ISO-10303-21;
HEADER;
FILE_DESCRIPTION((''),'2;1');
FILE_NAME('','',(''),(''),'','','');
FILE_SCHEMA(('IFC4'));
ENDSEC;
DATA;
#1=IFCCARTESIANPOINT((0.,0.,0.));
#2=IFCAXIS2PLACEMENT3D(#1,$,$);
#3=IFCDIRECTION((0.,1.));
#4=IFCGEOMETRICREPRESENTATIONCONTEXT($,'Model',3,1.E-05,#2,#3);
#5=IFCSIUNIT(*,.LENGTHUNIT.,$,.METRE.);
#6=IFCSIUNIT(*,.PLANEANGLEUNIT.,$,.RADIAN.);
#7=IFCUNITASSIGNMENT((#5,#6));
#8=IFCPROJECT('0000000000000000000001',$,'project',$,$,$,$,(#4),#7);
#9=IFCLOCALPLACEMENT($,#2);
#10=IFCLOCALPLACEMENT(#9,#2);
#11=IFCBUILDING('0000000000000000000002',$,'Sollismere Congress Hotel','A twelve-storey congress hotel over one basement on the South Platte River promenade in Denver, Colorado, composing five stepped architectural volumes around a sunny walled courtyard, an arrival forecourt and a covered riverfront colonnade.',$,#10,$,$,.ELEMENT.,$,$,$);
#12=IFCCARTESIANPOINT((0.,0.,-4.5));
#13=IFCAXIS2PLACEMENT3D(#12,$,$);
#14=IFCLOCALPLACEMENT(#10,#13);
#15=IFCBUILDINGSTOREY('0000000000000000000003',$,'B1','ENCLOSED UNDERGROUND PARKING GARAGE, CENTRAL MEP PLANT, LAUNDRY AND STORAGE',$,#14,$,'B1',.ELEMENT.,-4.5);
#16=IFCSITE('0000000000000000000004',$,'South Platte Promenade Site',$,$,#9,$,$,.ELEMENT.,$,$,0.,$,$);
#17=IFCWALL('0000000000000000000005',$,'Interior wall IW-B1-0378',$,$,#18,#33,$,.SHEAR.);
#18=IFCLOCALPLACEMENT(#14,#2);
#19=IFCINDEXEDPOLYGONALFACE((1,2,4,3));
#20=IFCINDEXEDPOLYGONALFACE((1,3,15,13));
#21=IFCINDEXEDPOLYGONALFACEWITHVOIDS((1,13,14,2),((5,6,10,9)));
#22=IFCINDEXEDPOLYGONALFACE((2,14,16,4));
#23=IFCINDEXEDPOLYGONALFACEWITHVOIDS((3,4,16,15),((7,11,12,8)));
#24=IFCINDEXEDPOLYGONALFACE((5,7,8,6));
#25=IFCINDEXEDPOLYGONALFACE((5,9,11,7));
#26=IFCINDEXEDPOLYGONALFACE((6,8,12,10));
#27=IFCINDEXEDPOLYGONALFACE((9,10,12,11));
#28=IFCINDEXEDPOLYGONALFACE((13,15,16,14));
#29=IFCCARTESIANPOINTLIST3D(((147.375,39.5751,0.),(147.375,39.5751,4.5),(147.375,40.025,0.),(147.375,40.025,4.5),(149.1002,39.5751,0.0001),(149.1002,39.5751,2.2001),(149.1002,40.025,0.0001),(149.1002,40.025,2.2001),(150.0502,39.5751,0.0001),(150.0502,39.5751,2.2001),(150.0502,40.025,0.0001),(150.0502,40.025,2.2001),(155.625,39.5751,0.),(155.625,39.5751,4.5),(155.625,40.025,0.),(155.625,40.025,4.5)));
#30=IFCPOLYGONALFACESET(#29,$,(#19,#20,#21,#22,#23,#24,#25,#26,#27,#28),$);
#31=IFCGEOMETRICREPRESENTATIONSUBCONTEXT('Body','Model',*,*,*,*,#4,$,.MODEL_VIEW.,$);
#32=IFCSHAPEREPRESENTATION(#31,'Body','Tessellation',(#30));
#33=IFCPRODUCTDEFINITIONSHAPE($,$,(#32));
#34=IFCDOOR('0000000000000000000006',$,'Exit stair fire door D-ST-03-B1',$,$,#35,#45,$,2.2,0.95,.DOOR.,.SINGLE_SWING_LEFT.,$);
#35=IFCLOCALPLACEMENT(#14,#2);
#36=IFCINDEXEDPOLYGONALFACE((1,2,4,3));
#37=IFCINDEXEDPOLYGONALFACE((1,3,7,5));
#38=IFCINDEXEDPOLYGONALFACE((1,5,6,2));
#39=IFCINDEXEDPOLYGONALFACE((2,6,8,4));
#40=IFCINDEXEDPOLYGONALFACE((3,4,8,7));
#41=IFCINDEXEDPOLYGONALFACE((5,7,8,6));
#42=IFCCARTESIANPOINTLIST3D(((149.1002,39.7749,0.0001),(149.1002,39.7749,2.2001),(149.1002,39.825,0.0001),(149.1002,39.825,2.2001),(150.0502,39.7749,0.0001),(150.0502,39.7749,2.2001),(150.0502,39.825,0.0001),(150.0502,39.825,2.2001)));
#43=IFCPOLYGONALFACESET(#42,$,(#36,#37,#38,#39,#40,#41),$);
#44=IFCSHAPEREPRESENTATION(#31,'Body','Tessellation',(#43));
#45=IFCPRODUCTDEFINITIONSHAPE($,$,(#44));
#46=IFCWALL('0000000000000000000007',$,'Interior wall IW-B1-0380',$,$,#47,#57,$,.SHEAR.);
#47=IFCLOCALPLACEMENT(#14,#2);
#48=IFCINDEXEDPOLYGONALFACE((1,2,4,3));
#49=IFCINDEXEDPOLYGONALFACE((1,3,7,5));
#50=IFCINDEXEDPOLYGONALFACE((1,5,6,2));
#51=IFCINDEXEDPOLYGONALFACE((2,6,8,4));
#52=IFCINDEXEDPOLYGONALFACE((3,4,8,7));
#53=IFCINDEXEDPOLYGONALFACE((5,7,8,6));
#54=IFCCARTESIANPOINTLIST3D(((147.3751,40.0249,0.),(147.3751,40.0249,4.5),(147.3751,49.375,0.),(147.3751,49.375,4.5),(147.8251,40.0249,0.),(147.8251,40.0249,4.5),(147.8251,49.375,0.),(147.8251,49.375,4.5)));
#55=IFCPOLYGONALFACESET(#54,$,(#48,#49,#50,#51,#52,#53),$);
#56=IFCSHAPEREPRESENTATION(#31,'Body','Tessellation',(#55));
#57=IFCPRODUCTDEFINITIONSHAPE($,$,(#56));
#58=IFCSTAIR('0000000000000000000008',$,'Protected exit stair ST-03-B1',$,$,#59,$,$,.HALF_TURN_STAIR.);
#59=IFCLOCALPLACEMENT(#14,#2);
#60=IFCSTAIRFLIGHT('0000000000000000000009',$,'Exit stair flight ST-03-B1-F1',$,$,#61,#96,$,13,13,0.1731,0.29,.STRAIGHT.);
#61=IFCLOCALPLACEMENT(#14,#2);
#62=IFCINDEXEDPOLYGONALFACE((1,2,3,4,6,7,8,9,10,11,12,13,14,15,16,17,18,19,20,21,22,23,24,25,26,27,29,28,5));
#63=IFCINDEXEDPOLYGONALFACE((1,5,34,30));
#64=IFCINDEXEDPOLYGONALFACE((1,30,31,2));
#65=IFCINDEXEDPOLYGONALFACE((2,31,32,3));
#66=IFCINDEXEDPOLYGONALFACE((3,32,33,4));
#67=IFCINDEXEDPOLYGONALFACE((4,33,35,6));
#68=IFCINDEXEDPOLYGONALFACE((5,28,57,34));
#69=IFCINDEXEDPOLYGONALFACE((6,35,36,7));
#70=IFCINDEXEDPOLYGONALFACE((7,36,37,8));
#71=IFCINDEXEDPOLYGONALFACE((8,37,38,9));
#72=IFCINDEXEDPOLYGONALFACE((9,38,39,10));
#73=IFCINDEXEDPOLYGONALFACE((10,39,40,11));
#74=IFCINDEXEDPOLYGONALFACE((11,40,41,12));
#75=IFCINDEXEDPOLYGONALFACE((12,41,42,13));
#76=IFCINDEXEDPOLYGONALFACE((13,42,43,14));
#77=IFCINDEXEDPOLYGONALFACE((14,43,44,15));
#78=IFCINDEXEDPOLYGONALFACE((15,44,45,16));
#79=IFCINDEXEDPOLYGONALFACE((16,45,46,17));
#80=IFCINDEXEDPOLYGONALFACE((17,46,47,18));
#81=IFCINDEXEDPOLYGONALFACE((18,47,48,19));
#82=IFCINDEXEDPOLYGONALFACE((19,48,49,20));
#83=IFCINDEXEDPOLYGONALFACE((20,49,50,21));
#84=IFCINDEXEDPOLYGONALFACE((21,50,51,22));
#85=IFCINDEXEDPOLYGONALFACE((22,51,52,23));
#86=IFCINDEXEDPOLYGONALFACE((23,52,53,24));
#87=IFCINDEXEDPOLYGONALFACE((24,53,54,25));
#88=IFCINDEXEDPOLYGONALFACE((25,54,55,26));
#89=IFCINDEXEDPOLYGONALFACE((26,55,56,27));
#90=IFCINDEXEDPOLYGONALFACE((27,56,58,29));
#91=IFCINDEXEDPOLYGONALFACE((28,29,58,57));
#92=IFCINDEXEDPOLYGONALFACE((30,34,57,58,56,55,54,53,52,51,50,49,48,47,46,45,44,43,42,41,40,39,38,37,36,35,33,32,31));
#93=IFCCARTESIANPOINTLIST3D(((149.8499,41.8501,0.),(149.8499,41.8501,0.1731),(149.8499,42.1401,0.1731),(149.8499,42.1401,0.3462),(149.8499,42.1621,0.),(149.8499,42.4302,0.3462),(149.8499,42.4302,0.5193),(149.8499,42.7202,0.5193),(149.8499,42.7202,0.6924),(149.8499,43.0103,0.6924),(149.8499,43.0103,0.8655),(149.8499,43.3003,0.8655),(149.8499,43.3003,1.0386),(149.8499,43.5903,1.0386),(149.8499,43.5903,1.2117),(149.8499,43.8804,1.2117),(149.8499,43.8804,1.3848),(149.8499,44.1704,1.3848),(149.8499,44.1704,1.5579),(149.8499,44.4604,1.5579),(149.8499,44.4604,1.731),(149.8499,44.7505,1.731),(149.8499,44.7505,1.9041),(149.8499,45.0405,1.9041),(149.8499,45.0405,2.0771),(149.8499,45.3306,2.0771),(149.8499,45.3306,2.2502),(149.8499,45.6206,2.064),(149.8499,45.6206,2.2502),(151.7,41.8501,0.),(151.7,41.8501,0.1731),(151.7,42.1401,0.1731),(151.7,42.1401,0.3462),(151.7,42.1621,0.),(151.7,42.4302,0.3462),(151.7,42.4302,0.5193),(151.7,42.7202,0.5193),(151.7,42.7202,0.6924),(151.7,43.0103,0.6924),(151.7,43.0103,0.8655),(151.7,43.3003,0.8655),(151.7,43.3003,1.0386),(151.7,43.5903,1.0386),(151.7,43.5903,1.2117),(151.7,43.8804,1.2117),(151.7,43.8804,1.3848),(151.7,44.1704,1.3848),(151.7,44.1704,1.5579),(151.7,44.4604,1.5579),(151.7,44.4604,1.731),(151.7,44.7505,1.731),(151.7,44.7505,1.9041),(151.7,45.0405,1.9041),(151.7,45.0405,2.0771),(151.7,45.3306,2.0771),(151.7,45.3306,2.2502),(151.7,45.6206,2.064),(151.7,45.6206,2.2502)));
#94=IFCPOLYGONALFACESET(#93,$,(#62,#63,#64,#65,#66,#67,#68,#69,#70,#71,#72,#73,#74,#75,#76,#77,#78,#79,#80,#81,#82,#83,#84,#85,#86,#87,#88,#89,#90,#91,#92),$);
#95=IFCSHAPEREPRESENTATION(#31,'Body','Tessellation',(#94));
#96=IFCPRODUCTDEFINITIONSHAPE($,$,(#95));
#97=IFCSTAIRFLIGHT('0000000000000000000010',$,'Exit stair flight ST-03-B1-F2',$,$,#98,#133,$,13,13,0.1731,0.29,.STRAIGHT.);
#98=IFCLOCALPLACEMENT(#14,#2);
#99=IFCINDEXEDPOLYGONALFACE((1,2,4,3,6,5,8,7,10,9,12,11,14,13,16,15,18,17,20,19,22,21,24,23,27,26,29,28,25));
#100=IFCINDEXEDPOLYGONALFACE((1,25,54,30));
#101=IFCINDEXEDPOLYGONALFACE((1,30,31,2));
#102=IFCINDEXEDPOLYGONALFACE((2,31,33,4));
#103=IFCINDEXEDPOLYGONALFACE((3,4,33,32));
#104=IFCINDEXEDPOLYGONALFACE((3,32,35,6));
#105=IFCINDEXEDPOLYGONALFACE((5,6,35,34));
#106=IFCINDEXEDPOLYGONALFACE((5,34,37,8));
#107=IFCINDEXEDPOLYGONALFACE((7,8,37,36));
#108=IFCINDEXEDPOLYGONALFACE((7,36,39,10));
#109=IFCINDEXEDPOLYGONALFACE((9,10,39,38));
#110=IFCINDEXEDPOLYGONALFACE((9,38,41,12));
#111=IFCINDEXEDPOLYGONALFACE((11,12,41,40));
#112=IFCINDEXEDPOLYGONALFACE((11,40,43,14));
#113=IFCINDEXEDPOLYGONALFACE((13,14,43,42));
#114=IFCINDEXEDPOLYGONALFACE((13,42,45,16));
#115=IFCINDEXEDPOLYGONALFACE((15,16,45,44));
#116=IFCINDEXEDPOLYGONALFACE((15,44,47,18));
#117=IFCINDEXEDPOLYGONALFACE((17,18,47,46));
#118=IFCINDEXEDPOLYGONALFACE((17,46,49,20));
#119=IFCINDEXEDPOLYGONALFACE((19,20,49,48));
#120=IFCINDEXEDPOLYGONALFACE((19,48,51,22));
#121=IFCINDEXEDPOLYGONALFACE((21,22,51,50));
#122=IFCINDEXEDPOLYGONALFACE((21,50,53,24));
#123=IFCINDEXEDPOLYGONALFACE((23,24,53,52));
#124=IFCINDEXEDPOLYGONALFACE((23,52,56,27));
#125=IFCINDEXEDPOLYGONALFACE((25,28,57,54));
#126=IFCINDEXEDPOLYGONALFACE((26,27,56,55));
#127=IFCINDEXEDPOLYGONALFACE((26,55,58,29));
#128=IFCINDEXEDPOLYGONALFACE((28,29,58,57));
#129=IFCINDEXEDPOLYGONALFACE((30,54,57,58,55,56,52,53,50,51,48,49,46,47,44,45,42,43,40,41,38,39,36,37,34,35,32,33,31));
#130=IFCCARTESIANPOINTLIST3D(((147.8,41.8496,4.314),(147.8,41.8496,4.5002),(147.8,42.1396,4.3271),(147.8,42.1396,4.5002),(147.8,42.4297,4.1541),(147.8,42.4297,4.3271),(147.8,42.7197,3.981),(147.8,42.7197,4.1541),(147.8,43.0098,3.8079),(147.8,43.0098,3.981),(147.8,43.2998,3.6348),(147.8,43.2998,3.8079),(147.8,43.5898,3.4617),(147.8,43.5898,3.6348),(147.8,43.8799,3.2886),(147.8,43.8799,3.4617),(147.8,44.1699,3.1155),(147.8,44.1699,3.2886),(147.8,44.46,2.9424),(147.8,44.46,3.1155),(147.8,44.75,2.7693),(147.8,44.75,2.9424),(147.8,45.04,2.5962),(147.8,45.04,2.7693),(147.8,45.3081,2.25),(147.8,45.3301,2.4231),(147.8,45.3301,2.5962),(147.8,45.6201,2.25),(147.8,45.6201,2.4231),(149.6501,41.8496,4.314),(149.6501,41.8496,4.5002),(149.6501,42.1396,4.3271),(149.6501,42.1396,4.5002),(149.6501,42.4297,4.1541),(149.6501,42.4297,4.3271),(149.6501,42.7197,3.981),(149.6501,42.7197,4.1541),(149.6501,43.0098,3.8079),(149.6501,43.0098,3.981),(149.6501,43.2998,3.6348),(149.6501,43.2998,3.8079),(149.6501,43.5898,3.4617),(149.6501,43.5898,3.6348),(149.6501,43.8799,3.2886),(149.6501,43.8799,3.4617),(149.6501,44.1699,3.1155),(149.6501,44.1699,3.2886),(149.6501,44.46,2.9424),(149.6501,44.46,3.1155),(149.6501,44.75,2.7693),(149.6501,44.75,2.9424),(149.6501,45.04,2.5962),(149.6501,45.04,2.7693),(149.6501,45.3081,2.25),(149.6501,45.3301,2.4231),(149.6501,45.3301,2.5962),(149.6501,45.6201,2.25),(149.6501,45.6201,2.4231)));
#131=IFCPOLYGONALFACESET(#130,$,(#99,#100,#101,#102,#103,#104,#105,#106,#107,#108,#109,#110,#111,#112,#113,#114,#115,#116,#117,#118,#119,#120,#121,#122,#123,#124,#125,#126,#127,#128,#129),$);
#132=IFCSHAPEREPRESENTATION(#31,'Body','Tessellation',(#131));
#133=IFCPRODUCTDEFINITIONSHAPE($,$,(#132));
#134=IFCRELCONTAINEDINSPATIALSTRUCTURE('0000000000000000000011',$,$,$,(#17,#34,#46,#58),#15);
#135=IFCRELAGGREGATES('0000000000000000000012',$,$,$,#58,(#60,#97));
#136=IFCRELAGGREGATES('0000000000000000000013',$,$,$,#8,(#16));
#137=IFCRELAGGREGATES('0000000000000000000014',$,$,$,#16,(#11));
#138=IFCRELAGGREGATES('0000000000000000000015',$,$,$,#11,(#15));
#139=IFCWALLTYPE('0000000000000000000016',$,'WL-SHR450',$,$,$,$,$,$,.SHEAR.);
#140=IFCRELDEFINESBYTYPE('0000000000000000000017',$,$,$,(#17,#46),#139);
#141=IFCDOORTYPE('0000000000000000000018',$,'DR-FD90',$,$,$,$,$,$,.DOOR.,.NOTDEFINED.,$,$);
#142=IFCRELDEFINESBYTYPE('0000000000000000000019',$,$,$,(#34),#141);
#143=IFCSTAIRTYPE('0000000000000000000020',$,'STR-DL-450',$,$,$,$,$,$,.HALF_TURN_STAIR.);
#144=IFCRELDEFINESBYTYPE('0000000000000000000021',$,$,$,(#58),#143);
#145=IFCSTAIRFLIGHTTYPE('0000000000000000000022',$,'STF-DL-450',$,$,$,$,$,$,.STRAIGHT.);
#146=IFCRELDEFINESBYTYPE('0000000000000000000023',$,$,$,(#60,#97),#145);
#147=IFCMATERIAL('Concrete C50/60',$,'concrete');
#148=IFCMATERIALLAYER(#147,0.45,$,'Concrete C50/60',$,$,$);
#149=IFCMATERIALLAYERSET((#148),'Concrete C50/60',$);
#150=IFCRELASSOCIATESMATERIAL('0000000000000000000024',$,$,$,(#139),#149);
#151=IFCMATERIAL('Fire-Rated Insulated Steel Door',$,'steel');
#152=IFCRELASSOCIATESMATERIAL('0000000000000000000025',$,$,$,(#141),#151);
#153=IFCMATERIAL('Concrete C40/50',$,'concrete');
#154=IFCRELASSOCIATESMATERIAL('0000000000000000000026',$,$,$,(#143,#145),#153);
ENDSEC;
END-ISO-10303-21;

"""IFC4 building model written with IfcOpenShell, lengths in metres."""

from ifc_helpers import new_model, si_unit, direction, frame, frame_2d, origin, place, context, subcontext, project, spatial, polyline, rectangle, outline, extrude, material, layer, layer_set, type_object, element, fill, aggregate, save


model = new_model("IFC4")

# Units and contexts
model_context = context("Model", 3, precision=1e-05, world=origin(), true_north=direction((0.0, 1.0)))
body_context = subcontext(model_context, "Body", "Model", "MODEL_VIEW")
ifc_project = project(units=[si_unit("LENGTHUNIT", "METRE"), si_unit("PLANEANGLEUNIT", "RADIAN")], contexts=[model_context])

# Site, building, storey
site_placement = place(None, origin())
site = spatial("IfcSite", under=ifc_project, at=site_placement, Name="South Platte Promenade Site", CompositionType="ELEMENT", RefElevation=0.0)
building_placement = place(site_placement, origin())
building = spatial("IfcBuilding", under=site, at=building_placement, Name="Sollismere Congress Hotel", Description="A twelve-storey congress hotel over one basement on the South Platte River promenade in Denver, Colorado, composing five stepped architectural volumes around a sunny walled courtyard, an arrival forecourt and a covered riverfront colonnade.", CompositionType="ELEMENT")
storey_placement = place(building_placement, frame((0.0, 0.0, -4.5)))
storey = spatial("IfcBuildingStorey", under=building, at=storey_placement, Name="B1", Description="ENCLOSED UNDERGROUND PARKING GARAGE, CENTRAL MEP PLANT, LAUNDRY AND STORAGE", LongName="B1", CompositionType="ELEMENT", Elevation=-4.5)

# Shared definitions
ifc_material_1 = material(Name="Concrete C40/50", Category="concrete")

# Shared definitions
ifc_material_2 = material(Name="Concrete C50/60", Category="concrete")

# Wall, opening, door
ifc_layer_1 = layer(ifc_material_2, 0.45, Name="Concrete C50/60")
ifc_layer_set_1 = layer_set([ifc_layer_1], Name="Concrete C50/60")
wall_type_1 = type_object("IfcWallType", Name="WL-SHR450", PredefinedType="SHEAR", material=ifc_layer_set_1)
wall_1_placement = place(storey_placement, frame((147.375, 39.8, 0.0), z_axis=(0.0, 0.0, 1.0), x_axis=(1.0, 0.0, 0.0)))
wall_1 = element("IfcWall", 1, at=wall_1_placement, inside=storey, type_object=wall_type_1, Name="Interior wall IW-B1-0378", PredefinedType="SHEAR", context=body_context, shape_type="SweptSolid", body=[
    extrude(rectangle(XDim=8.25, YDim=0.45, at=frame_2d((4.125, 0.0))), origin(), (0.0, 0.0, 1.0), 4.5),
])
opening_placement = place(wall_1_placement, frame((1.7251, 0.0, 0.0)))
opening = element("IfcOpeningElement", 2, at=opening_placement, cuts=wall_1, PredefinedType="OPENING", context=body_context, shape_type="SweptSolid", body=[
    extrude(rectangle(XDim=0.95, YDim=2.2, at=frame_2d((0.4751, 1.1001))), frame((0.0, 0.2349, 0.0), z_axis=(0.0, -1.0, 0.0), x_axis=(1.0, 0.0, 0.0)), (0.0, 0.0, 1.0), 0.47),
])
ifc_material_3 = material(Name="Fire-Rated Insulated Steel Door", Category="steel")
door_type = type_object("IfcDoorType", Name="DR-FD90", OperationType="NOTDEFINED", PredefinedType="DOOR", material=ifc_material_3)
door_placement = place(opening_placement, origin())
door = element("IfcDoor", 3, at=door_placement, inside=storey, type_object=door_type, Name="Exit stair fire door D-ST-03-B1", OperationType="SINGLE_SWING_LEFT", OverallHeight=2.2, OverallWidth=0.95, PredefinedType="DOOR", context=body_context, shape_type="SweptSolid", body=[
    extrude(rectangle(XDim=0.95, YDim=2.2, at=frame_2d((0.4751, 1.1001))), frame((0.0, 0.0249, 0.0), z_axis=(0.0, -1.0, 0.0), x_axis=(1.0, 0.0, 0.0)), (0.0, 0.0, 1.0), 0.05),
])
fill(opening, door)

# Wall
wall_2_placement = place(storey_placement, frame((147.6001, 49.375, 0.0), z_axis=(0.0, 0.0, 1.0), x_axis=(0.0, -1.0, 0.0)))
element("IfcWall", 4, at=wall_2_placement, inside=storey, type_object=wall_type_1, Name="Interior wall IW-B1-0380", PredefinedType="SHEAR", context=body_context, shape_type="SweptSolid", body=[
    extrude(rectangle(XDim=9.3501, YDim=0.45, at=frame_2d((4.675, 0.0))), origin(), (0.0, 0.0, 1.0), 4.5),
])

# Stair, stair flights
stair_type = type_object("IfcStairType", Name="STR-DL-450", PredefinedType="HALF_TURN_STAIR", material=ifc_material_1)
stair_placement = place(storey_placement, origin())
stair = element("IfcStair", 5, at=stair_placement, inside=storey, type_object=stair_type, Name="Protected exit stair ST-03-B1", PredefinedType="HALF_TURN_STAIR")
stair_flight_type = type_object("IfcStairFlightType", Name="STF-DL-450", PredefinedType="STRAIGHT", material=ifc_material_1)
stair_flight_1_placement = place(storey_placement, frame((150.7749, 41.8501, 0.0), z_axis=(0.0, 0.0, 1.0), x_axis=(0.0, 1.0, 0.0)))
stair_flight_1 = element("IfcStairFlight", 6, at=stair_flight_1_placement, type_object=stair_flight_type, Name="Exit stair flight ST-03-B1-F1", NumberOfRisers=13, NumberOfTreads=13, PredefinedType="STRAIGHT", RiserHeight=0.1731, TreadLength=0.29, context=body_context, shape_type="SweptSolid", body=[
    extrude(outline(polyline([(0.0, 0.0), (0.0, 0.1731), (0.29, 0.1731), (0.29, 0.3462), (0.5801, 0.3462), (0.5801, 0.5193), (0.8701, 0.5193), (0.8701, 0.6924), (1.1602, 0.6924), (1.1602, 0.8655), (1.4502, 0.8655), (1.4502, 1.0386), (1.7402, 1.0386), (1.7402, 1.2117), (2.0303, 1.2117), (2.0303, 1.3848), (2.3203, 1.3848), (2.3203, 1.5579), (2.6104, 1.5579), (2.6104, 1.731), (2.9004, 1.731), (2.9004, 1.9041), (3.1904, 1.9041), (3.1904, 2.0771), (3.4805, 2.0771), (3.4805, 2.2502), (3.7705, 2.2502), (3.7705, 2.064), (0.312, 0.0), (0.0, 0.0)])), frame((0.0, 0.925, 0.0), z_axis=(0.0, -1.0, 0.0), x_axis=(1.0, 0.0, 0.0)), (0.0, 0.0, 1.0), 1.8501),
])
stair_flight_2_placement = place(storey_placement, frame((148.7251, 45.6201, 2.25), z_axis=(0.0, 0.0, 1.0), x_axis=(0.0, -1.0, 0.0)))
stair_flight_2 = element("IfcStairFlight", 7, at=stair_flight_2_placement, type_object=stair_flight_type, Name="Exit stair flight ST-03-B1-F2", NumberOfRisers=13, NumberOfTreads=13, PredefinedType="STRAIGHT", RiserHeight=0.1731, TreadLength=0.29, context=body_context, shape_type="SweptSolid", body=[
    extrude(outline(polyline([(0.0, 0.0), (0.0, 0.1731), (0.29, 0.1731), (0.29, 0.3462), (0.5801, 0.3462), (0.5801, 0.5193), (0.8701, 0.5193), (0.8701, 0.6924), (1.1602, 0.6924), (1.1602, 0.8655), (1.4502, 0.8655), (1.4502, 1.0386), (1.7402, 1.0386), (1.7402, 1.2117), (2.0303, 1.2117), (2.0303, 1.3848), (2.3203, 1.3848), (2.3203, 1.5579), (2.6104, 1.5579), (2.6104, 1.731), (2.9004, 1.731), (2.9004, 1.9041), (3.1904, 1.9041), (3.1904, 2.0771), (3.4805, 2.0771), (3.4805, 2.2502), (3.7705, 2.2502), (3.7705, 2.064), (0.312, 0.0), (0.0, 0.0)])), frame((0.0, 0.925, 0.0), z_axis=(0.0, -1.0, 0.0), x_axis=(1.0, 0.0, 0.0)), (0.0, 0.0, 1.0), 1.8501),
])
aggregate(stair, [stair_flight_1, stair_flight_2])

save(model, "model.ifc")
